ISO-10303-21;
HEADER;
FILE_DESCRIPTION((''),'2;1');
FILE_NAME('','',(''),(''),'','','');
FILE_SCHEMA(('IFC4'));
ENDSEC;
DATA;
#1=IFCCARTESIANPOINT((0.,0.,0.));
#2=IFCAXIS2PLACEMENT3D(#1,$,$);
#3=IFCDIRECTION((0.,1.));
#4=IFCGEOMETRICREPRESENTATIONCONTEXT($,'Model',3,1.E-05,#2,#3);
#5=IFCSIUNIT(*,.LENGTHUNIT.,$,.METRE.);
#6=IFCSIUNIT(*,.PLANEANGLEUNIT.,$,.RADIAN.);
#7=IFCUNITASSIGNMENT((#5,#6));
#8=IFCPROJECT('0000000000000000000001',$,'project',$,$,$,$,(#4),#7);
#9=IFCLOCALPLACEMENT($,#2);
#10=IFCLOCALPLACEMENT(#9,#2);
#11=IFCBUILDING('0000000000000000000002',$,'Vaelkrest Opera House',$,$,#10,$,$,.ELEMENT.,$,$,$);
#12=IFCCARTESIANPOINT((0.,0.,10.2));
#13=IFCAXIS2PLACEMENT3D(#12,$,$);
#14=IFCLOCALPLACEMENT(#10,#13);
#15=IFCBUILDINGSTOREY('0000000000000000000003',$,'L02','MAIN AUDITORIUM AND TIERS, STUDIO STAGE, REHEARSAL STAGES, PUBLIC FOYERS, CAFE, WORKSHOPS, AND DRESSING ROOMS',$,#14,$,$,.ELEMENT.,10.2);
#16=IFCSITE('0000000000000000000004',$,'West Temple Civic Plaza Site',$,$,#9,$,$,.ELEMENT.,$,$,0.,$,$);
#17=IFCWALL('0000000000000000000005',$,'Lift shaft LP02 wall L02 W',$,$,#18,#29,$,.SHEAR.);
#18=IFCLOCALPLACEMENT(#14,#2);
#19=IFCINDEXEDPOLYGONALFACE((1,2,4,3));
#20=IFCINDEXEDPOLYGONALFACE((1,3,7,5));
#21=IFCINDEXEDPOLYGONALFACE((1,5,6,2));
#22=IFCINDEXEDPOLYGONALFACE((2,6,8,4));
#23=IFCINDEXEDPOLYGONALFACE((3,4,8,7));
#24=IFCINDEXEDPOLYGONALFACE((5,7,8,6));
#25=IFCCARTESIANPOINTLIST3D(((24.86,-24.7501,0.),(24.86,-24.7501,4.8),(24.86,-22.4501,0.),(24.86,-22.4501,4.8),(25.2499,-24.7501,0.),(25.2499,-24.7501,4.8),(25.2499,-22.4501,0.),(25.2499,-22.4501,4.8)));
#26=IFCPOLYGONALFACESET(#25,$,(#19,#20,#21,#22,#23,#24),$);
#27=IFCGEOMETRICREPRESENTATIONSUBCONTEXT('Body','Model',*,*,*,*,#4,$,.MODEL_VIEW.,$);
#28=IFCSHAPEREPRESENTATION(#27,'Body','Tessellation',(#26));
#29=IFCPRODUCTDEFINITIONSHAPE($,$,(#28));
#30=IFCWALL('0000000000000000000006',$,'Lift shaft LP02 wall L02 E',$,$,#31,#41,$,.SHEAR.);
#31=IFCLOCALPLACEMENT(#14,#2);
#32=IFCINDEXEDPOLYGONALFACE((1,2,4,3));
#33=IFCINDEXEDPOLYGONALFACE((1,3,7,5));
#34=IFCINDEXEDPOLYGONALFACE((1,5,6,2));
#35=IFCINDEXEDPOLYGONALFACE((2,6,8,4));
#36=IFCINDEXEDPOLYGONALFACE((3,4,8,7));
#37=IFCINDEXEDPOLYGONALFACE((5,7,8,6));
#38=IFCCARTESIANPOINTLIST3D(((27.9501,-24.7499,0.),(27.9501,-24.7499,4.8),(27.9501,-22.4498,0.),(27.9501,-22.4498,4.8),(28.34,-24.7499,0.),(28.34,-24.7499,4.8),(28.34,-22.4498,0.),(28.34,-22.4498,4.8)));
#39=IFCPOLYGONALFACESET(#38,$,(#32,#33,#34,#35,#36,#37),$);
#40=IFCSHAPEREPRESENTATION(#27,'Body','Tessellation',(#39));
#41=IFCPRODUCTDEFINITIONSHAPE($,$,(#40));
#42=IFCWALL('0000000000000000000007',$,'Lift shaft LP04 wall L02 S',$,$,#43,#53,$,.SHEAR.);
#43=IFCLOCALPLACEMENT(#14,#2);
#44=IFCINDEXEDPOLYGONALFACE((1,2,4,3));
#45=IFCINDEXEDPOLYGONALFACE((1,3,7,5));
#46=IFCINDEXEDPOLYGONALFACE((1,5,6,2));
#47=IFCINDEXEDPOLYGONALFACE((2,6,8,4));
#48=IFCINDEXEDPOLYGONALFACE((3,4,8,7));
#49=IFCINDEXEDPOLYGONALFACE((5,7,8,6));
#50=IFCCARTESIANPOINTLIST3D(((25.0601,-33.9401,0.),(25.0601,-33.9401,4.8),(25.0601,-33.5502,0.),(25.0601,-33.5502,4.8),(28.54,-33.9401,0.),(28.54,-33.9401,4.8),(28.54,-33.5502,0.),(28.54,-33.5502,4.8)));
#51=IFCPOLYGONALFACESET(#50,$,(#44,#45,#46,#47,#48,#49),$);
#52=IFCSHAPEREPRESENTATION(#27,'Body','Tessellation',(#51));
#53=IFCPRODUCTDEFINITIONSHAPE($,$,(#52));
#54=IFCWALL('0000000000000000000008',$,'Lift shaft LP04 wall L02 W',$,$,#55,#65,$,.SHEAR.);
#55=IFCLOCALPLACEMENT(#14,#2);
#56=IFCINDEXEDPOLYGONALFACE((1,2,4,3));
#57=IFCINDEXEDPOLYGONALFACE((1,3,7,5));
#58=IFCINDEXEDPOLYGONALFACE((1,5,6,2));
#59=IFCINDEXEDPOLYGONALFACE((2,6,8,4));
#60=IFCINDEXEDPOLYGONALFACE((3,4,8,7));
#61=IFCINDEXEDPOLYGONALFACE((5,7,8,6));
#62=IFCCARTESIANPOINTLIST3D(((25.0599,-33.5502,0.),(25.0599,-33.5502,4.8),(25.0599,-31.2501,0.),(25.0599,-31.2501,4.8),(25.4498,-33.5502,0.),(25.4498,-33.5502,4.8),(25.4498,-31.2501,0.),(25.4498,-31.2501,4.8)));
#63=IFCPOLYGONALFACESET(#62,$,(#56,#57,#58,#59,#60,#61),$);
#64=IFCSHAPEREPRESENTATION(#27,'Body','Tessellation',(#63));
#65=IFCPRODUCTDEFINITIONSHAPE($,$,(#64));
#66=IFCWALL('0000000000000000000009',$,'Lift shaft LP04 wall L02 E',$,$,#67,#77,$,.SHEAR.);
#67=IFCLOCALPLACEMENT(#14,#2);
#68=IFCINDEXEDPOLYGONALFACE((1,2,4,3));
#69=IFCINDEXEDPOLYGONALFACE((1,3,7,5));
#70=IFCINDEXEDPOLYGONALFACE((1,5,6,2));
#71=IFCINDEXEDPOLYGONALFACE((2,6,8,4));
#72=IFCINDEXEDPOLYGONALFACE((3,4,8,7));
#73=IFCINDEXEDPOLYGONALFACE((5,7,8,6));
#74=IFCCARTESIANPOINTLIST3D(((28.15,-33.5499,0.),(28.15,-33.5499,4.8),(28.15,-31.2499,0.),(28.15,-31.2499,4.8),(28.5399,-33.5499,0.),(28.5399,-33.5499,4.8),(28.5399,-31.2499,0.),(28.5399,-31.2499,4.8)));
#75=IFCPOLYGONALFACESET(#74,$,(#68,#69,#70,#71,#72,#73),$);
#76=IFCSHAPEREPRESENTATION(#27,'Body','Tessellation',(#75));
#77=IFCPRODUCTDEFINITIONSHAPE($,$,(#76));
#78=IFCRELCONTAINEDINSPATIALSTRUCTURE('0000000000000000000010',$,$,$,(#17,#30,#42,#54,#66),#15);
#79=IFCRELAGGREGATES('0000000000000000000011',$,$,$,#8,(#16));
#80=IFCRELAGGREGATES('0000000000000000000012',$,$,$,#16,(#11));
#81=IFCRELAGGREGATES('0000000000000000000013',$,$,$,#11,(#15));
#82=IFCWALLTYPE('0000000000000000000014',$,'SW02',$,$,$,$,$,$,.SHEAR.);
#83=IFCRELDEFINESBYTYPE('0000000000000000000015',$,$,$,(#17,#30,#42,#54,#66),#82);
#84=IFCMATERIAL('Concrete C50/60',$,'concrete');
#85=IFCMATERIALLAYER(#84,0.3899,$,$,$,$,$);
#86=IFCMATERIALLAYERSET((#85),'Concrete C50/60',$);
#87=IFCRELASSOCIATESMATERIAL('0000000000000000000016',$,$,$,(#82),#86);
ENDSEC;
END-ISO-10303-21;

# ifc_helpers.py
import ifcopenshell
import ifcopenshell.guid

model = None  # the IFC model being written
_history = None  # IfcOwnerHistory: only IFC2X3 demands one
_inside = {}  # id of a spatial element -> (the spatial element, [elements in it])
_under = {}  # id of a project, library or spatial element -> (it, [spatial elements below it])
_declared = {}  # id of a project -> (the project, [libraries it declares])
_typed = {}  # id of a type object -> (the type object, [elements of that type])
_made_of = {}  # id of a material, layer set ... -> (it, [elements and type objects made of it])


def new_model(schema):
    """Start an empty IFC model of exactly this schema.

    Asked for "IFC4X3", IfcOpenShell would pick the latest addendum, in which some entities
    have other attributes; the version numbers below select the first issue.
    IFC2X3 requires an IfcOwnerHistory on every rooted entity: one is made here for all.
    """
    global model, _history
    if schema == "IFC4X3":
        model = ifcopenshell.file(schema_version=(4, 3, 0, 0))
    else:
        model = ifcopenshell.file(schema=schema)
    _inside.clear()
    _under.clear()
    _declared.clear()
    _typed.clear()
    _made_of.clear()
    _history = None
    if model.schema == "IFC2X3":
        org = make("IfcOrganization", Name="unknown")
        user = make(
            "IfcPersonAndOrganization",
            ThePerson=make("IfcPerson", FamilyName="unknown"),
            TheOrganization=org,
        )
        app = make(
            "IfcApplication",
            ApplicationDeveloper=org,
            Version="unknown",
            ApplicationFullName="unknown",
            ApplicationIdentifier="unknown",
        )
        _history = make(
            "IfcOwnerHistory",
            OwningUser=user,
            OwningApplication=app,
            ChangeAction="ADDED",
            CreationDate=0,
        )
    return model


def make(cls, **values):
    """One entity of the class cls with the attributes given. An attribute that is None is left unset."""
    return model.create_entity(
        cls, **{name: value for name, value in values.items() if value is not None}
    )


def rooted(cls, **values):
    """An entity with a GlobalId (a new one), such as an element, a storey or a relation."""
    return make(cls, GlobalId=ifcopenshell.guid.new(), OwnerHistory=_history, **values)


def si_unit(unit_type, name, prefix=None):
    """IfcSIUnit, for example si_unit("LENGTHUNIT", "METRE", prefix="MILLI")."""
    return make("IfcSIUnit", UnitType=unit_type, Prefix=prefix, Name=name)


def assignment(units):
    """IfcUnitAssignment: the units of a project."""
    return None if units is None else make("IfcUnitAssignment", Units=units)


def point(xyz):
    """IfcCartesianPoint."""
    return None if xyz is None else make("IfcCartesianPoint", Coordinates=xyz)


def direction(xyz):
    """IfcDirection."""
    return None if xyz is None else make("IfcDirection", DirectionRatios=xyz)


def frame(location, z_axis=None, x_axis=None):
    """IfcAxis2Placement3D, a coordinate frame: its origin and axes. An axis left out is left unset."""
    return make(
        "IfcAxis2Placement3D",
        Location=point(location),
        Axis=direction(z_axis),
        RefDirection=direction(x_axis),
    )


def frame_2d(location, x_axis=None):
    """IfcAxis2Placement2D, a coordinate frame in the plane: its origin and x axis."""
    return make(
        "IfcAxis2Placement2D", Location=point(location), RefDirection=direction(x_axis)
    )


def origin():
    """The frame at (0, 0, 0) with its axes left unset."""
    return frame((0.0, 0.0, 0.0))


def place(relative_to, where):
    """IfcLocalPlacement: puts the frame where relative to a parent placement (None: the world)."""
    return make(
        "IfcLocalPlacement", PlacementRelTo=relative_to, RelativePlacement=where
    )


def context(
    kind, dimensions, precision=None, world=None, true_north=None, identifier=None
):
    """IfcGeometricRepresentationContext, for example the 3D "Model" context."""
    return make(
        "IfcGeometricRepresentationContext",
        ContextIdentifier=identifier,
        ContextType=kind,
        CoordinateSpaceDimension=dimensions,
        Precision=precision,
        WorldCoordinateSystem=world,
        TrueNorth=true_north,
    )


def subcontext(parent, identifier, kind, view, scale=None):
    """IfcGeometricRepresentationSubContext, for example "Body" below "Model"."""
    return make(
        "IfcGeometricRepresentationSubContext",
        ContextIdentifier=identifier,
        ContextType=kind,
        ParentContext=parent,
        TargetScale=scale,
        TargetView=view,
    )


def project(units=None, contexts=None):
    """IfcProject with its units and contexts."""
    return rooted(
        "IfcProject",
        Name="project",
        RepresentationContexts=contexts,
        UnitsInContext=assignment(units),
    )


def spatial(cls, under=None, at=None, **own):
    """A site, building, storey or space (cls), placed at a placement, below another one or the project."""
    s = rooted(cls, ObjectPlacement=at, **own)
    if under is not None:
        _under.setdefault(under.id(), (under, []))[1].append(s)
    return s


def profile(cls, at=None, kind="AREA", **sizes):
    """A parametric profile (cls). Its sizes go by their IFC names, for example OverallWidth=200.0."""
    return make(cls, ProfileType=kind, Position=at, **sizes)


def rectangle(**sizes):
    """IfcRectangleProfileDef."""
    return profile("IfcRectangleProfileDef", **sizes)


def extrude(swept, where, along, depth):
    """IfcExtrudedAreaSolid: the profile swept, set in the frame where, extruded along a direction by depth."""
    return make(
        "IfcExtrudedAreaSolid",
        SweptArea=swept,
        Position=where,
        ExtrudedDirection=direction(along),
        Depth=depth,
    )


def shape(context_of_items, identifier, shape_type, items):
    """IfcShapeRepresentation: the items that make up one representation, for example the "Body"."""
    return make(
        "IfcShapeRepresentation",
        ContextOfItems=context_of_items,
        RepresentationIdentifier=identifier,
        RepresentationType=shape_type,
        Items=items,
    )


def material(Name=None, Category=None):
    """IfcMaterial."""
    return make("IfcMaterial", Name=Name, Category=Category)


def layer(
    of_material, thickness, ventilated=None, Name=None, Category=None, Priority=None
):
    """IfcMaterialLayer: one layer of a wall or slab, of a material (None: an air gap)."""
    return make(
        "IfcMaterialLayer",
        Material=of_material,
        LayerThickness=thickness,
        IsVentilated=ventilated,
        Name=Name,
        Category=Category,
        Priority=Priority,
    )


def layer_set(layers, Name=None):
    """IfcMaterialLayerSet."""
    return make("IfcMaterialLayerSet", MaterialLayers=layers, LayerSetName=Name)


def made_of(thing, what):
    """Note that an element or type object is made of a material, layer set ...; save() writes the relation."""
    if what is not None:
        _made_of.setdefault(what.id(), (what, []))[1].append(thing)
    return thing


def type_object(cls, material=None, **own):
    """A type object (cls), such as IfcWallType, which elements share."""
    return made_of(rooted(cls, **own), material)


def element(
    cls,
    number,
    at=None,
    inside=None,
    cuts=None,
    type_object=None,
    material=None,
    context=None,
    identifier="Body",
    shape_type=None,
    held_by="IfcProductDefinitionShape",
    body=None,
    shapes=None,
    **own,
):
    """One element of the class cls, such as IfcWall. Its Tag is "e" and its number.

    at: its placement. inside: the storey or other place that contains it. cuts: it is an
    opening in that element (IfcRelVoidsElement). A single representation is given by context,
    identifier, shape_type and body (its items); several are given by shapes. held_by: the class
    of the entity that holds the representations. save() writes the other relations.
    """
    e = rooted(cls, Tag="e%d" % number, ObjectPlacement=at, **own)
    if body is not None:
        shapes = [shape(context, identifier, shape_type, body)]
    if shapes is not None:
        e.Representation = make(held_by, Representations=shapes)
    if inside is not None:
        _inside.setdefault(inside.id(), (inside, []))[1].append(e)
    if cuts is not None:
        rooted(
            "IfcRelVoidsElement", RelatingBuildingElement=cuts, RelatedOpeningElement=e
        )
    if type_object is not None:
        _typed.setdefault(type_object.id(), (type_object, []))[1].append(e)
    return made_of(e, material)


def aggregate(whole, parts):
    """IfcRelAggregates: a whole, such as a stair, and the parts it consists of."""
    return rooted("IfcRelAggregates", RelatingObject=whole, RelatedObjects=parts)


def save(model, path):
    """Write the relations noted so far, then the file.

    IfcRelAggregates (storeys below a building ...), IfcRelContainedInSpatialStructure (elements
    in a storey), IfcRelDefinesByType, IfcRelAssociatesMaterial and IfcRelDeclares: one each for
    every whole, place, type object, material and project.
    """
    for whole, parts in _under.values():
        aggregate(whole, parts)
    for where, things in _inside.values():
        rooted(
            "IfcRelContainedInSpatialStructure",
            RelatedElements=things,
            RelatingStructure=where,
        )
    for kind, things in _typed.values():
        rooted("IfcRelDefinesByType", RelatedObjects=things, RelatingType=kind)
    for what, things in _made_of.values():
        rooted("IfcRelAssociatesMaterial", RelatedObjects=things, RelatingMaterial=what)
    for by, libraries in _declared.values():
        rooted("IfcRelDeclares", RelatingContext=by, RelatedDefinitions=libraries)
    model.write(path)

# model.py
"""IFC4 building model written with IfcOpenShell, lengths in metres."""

from ifc_helpers import new_model, si_unit, direction, frame, frame_2d, origin, place, context, subcontext, project, spatial, rectangle, extrude, material, layer, layer_set, type_object, element, save


model = new_model("IFC4")

# Units and contexts
model_context = context("Model", 3, precision=1e-05, world=origin(), true_north=direction((0.0, 1.0)))
body_context = subcontext(model_context, "Body", "Model", "MODEL_VIEW")
ifc_project = project(units=[si_unit("LENGTHUNIT", "METRE"), si_unit("PLANEANGLEUNIT", "RADIAN")], contexts=[model_context])

# Site, building, storey
site_placement = place(None, origin())
site = spatial("IfcSite", under=ifc_project, at=site_placement, Name="West Temple Civic Plaza Site", CompositionType="ELEMENT", RefElevation=0.0)
building_placement = place(site_placement, origin())
building = spatial("IfcBuilding", under=site, at=building_placement, Name="Vaelkrest Opera House", CompositionType="ELEMENT")
storey_placement = place(building_placement, frame((0.0, 0.0, 10.2)))
storey = spatial("IfcBuildingStorey", under=building, at=storey_placement, Name="L02", Description="MAIN AUDITORIUM AND TIERS, STUDIO STAGE, REHEARSAL STAGES, PUBLIC FOYERS, CAFE, WORKSHOPS, AND DRESSING ROOMS", CompositionType="ELEMENT", Elevation=10.2)

# Shared definitions
ifc_material_1 = material(Name="Concrete C50/60", Category="concrete")

# Shared definitions
ifc_layer_1 = layer(ifc_material_1, 0.3899)
ifc_layer_set_1 = layer_set([ifc_layer_1], Name="Concrete C50/60")
wall_type_1 = type_object("IfcWallType", Name="SW02", PredefinedType="SHEAR", material=ifc_layer_set_1)

# Walls
for number, where, z_axis, x_axis, name in (
    (1, (25.0549, -24.75, 0.0), (0.0, 0.0, 1.0), (0.0, 1.0, 0.0), "Lift shaft LP02 wall L02 W"),
    (2, (28.145, -22.45, 0.0), (0.0, 0.0, 1.0), (0.0, -1.0, 0.0), "Lift shaft LP02 wall L02 E"),
):
    element("IfcWall", number, at=place(storey_placement, frame(where, z_axis=z_axis, x_axis=x_axis)), inside=storey, type_object=wall_type_1, Name=name, PredefinedType="SHEAR", context=body_context, shape_type="SweptSolid", body=[
        extrude(rectangle(XDim=2.3, YDim=0.3899, at=frame_2d((1.1499, 0.0))), origin(), (0.0, 0.0, 1.0), 4.8),
    ])
wall_1_placement = place(storey_placement, frame((28.54, -33.7451, 0.0), z_axis=(0.0, 0.0, 1.0), x_axis=(-1.0, 0.0, 0.0)))
element("IfcWall", 3, at=wall_1_placement, inside=storey, type_object=wall_type_1, Name="Lift shaft LP04 wall L02 S", PredefinedType="SHEAR", context=body_context, shape_type="SweptSolid", body=[
    extrude(rectangle(XDim=3.48, YDim=0.3899, at=frame_2d((1.74, 0.0))), origin(), (0.0, 0.0, 1.0), 4.8),
])

# Walls
for number, where, z_axis, x_axis, name in (
    (4, (25.2549, -33.55, 0.0), (0.0, 0.0, 1.0), (0.0, 1.0, 0.0), "Lift shaft LP04 wall L02 W"),
    (5, (28.345, -31.25, 0.0), (0.0, 0.0, 1.0), (0.0, -1.0, 0.0), "Lift shaft LP04 wall L02 E"),
):
    element("IfcWall", number, at=place(storey_placement, frame(where, z_axis=z_axis, x_axis=x_axis)), inside=storey, type_object=wall_type_1, Name=name, PredefinedType="SHEAR", context=body_context, shape_type="SweptSolid", body=[
        extrude(rectangle(XDim=2.3, YDim=0.3899, at=frame_2d((1.1499, 0.0))), origin(), (0.0, 0.0, 1.0), 4.8),
    ])

save(model, "model.ifc")
